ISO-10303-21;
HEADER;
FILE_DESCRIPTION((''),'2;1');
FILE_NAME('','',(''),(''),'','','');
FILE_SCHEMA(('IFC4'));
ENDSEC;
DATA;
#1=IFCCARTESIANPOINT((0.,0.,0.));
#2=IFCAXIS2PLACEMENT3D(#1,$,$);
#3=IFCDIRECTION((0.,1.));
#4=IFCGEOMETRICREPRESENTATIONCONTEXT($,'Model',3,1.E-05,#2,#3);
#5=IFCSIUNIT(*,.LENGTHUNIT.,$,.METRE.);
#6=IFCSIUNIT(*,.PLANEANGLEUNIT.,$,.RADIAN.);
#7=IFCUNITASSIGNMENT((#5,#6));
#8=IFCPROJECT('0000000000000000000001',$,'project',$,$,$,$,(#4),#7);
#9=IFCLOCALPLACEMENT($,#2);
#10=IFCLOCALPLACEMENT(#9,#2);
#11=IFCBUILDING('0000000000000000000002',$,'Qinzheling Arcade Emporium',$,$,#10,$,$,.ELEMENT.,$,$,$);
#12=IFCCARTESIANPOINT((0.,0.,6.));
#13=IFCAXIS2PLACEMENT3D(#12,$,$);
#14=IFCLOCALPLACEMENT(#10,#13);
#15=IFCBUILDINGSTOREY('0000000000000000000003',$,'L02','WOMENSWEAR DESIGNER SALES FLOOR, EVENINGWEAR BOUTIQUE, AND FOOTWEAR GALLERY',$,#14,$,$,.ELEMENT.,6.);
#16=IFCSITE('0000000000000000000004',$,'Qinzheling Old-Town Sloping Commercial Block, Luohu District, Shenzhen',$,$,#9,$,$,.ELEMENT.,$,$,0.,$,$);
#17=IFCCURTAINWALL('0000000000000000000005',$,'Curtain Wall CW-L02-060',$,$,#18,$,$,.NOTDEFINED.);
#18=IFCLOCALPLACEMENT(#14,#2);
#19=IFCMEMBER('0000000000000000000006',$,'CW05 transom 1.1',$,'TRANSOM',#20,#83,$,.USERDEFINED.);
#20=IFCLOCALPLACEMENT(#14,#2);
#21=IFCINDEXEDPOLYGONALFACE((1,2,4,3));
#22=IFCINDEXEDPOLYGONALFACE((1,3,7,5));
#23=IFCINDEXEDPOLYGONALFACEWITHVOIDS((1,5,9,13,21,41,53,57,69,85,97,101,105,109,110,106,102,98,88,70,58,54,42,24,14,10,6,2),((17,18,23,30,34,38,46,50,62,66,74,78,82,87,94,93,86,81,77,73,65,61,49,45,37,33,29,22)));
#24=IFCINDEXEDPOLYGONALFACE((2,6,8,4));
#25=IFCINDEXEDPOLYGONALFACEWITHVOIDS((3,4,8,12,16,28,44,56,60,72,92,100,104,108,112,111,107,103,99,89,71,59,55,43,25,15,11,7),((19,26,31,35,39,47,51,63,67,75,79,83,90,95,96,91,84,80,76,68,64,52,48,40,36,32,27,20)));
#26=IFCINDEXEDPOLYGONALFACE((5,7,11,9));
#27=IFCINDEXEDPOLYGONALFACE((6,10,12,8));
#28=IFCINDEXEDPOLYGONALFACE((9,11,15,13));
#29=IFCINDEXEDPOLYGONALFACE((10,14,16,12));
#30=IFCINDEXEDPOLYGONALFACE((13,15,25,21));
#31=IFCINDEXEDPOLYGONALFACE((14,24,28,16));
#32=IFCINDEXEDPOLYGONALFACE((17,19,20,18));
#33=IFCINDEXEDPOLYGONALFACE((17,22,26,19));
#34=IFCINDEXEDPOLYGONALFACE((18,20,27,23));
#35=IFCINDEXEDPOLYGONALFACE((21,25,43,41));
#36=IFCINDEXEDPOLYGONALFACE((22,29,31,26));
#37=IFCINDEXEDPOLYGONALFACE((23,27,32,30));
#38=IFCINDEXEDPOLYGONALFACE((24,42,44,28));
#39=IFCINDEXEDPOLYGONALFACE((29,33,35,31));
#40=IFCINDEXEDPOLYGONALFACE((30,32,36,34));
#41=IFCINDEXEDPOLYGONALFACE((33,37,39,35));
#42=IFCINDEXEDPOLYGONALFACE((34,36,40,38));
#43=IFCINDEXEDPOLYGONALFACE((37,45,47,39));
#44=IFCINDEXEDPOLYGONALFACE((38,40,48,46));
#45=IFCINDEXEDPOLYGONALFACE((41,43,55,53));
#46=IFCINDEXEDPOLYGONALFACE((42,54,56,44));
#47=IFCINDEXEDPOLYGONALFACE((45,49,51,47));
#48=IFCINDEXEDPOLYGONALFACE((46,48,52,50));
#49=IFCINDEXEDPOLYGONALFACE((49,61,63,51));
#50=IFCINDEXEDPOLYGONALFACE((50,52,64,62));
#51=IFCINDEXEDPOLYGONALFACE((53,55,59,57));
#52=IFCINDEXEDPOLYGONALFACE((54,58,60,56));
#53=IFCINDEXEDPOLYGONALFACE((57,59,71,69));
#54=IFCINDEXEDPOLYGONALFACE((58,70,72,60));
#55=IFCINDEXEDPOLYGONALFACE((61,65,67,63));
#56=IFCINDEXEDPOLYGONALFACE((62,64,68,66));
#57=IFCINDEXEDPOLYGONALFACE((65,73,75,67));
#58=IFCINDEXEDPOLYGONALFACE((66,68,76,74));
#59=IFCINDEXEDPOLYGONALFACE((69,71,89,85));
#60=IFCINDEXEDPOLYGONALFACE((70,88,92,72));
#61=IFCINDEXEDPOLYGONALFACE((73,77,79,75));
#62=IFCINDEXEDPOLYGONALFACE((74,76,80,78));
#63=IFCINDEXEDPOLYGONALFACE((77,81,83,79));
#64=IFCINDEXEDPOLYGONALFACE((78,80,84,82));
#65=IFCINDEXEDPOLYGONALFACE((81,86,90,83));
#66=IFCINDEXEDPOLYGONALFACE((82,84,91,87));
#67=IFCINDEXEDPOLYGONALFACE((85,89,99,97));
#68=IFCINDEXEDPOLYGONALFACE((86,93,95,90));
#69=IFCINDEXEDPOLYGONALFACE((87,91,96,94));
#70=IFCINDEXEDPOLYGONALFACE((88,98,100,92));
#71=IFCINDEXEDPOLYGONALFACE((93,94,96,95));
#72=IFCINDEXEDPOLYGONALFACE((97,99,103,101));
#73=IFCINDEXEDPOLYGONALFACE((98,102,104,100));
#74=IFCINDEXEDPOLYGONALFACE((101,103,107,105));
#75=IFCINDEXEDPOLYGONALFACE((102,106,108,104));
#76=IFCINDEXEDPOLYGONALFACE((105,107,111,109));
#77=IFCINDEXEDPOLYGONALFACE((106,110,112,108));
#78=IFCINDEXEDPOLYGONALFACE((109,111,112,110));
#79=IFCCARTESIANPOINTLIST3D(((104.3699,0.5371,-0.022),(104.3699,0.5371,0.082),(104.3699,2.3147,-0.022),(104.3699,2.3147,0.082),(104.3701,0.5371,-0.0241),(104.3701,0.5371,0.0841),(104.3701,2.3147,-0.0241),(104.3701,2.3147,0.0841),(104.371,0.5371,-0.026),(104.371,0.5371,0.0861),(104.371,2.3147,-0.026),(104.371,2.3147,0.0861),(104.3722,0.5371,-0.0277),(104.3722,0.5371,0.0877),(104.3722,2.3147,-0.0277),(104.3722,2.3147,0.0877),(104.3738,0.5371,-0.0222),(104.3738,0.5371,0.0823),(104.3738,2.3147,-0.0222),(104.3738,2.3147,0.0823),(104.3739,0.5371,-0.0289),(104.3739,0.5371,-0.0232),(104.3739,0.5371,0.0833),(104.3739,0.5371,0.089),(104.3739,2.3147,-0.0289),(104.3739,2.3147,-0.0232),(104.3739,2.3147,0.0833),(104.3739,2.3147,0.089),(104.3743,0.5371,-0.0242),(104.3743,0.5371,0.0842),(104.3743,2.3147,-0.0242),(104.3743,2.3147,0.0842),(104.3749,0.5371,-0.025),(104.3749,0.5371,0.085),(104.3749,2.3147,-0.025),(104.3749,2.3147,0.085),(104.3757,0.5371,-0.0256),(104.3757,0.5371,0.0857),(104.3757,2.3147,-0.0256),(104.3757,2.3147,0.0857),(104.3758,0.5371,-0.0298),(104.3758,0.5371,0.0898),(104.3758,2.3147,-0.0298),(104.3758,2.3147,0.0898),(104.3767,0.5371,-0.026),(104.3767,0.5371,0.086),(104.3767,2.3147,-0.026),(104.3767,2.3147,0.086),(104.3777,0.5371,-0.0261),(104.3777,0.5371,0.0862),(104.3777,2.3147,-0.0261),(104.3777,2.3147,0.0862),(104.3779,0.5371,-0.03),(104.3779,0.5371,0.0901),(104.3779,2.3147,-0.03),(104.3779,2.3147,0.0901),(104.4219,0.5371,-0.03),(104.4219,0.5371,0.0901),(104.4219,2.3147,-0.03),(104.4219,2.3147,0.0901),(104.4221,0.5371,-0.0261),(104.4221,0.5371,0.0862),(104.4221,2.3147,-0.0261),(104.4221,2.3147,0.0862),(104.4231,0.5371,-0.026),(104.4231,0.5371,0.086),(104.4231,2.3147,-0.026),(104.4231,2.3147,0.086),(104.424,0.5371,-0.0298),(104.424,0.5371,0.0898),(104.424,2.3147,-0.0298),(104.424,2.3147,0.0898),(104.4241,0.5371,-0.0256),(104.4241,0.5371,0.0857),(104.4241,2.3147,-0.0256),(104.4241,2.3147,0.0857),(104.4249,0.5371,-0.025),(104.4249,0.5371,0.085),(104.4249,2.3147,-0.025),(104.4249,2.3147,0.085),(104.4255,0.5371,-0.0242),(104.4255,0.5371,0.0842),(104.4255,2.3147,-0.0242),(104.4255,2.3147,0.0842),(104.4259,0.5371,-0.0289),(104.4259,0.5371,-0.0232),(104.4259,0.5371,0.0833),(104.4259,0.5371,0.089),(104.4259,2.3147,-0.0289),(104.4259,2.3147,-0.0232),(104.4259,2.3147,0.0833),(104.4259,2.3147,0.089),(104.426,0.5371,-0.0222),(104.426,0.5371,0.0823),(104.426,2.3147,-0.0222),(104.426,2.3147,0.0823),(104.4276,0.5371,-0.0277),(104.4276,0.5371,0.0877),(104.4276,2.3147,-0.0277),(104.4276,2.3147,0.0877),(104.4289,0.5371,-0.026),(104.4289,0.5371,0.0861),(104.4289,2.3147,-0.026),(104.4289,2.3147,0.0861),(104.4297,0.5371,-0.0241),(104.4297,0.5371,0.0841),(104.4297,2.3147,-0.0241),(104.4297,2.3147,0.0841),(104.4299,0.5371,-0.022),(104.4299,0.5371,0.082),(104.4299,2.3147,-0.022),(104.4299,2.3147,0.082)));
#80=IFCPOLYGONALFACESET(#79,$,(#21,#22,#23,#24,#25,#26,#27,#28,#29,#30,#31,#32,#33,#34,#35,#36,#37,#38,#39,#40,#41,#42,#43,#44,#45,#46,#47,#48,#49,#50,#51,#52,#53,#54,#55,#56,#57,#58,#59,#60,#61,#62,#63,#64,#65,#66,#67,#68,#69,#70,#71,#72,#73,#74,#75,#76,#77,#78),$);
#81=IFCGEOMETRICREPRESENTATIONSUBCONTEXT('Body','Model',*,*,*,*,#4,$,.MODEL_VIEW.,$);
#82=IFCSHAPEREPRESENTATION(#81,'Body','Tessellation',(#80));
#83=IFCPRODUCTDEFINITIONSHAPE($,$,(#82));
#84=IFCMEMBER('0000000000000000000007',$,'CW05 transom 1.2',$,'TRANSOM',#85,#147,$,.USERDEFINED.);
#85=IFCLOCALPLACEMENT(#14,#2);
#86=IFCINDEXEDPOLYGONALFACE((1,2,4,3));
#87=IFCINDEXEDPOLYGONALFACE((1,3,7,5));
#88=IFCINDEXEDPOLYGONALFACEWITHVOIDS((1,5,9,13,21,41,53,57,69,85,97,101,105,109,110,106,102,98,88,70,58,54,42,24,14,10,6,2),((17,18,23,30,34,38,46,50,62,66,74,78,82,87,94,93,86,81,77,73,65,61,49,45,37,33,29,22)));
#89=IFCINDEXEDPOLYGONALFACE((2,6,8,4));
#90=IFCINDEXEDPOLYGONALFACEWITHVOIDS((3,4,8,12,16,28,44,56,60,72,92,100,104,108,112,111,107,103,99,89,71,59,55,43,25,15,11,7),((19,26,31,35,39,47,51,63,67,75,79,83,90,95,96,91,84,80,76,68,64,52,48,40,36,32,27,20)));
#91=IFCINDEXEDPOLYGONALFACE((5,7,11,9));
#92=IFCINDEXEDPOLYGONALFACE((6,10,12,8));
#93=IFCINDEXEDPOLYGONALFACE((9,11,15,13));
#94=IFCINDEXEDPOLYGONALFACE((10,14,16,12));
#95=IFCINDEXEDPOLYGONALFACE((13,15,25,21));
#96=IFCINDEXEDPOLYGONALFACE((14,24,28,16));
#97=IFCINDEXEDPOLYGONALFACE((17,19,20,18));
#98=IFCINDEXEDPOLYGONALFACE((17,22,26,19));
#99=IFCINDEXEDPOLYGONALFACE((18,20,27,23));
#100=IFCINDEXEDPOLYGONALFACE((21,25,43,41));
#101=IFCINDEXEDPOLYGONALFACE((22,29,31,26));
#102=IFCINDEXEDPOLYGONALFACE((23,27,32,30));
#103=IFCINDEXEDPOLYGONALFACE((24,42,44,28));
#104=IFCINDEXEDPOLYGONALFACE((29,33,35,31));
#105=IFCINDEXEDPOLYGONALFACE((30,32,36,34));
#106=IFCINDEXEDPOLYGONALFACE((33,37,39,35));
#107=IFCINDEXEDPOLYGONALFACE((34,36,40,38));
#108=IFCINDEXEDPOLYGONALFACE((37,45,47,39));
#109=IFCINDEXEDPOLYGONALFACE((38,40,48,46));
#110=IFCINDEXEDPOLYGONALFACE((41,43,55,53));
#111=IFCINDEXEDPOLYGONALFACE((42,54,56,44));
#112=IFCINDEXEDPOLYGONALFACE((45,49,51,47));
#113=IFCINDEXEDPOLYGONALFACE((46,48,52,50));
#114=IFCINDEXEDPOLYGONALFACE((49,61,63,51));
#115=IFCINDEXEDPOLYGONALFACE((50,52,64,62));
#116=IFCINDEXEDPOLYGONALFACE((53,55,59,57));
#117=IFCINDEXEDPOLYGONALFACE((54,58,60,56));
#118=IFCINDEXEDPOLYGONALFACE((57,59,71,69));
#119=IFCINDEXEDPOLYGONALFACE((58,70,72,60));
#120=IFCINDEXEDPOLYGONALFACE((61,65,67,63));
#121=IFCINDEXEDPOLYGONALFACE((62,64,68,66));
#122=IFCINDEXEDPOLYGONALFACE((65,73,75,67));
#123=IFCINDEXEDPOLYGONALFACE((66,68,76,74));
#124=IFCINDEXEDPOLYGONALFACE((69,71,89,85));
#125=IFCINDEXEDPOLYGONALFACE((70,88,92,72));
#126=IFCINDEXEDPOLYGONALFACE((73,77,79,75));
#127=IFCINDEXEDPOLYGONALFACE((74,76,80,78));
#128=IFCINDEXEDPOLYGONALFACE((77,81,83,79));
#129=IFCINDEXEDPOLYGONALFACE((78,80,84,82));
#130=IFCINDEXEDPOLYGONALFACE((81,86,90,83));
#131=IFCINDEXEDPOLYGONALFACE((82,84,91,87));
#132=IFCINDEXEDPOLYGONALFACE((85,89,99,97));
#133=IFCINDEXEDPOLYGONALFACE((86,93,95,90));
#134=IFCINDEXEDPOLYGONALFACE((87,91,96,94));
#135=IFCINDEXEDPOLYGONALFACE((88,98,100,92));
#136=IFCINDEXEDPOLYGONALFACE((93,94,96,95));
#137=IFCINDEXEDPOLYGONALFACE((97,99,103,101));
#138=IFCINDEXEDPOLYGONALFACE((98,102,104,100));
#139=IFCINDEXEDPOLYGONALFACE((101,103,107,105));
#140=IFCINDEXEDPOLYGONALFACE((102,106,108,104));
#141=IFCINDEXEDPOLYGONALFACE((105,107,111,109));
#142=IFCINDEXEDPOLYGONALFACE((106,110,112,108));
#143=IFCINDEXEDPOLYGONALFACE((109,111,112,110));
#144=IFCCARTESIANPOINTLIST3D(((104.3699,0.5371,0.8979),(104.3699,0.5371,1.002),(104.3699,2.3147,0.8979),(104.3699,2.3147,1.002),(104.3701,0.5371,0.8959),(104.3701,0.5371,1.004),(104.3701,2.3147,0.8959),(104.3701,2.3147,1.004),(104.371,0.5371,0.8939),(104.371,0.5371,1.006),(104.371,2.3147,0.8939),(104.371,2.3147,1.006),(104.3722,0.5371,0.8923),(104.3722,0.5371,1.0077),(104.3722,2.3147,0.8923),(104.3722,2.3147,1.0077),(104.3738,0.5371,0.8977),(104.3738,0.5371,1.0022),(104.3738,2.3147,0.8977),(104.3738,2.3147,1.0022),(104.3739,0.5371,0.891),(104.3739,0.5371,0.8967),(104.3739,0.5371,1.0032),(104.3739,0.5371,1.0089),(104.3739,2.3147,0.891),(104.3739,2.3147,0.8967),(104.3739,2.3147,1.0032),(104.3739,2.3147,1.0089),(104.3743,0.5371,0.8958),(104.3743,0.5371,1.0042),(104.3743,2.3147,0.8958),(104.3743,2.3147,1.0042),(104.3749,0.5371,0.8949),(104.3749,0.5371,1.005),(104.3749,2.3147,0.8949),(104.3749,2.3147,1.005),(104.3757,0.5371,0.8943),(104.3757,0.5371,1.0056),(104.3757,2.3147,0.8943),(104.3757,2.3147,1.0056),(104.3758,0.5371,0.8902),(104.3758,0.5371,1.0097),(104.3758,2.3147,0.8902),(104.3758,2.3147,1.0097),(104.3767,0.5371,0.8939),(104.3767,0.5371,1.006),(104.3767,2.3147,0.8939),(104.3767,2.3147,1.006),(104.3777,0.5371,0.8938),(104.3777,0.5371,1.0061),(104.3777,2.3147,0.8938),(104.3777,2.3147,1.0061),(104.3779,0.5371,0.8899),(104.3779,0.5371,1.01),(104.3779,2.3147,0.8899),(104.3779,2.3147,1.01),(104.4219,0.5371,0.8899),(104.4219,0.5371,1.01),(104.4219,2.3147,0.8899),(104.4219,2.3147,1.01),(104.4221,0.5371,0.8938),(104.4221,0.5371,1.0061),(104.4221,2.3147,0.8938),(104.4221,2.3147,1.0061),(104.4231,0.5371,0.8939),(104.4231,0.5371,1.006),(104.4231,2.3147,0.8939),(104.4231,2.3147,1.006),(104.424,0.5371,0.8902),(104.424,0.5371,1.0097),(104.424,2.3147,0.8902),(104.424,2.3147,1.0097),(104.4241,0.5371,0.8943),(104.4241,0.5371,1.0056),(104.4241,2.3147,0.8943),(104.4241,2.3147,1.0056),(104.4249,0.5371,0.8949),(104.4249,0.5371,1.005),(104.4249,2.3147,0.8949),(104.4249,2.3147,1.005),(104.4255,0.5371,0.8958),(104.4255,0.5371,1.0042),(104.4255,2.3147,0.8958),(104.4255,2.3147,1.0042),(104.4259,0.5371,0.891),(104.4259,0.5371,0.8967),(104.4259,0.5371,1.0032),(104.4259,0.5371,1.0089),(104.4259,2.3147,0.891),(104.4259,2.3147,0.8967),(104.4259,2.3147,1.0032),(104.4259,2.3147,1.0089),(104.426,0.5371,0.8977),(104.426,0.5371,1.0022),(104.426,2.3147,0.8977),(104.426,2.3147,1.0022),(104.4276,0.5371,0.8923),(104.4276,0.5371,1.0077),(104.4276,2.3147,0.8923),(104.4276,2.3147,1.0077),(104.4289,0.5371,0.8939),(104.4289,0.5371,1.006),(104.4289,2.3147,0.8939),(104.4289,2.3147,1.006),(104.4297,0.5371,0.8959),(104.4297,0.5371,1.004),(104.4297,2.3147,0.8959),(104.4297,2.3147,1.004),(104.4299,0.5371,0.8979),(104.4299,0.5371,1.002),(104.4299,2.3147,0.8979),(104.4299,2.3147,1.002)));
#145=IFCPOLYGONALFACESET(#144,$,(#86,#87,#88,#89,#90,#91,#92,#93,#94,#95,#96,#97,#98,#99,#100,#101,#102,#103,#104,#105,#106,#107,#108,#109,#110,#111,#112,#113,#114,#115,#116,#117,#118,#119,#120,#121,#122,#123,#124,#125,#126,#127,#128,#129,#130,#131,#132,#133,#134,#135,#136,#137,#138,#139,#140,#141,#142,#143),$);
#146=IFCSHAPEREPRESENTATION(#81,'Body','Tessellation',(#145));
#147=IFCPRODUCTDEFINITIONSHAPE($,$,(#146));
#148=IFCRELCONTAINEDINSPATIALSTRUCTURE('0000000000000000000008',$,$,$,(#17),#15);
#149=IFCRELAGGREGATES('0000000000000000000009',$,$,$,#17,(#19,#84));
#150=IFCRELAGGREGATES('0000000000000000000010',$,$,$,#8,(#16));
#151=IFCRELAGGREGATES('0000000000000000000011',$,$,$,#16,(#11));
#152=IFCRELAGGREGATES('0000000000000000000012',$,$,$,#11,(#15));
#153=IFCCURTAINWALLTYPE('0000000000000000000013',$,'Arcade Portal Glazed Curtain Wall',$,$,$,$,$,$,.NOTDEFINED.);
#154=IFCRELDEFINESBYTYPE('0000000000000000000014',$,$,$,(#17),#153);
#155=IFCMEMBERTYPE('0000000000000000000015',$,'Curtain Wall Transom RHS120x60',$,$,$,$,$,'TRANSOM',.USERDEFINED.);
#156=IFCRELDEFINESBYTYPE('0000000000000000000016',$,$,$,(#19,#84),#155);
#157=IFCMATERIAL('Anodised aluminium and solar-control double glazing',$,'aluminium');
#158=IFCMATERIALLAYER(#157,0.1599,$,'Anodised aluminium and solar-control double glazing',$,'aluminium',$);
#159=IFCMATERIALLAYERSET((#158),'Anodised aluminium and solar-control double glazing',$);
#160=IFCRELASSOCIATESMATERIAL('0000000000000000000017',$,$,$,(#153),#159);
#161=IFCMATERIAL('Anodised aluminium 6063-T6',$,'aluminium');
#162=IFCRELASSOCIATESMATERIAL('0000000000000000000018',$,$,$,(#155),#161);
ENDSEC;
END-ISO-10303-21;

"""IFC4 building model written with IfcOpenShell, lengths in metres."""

from ifc_helpers import new_model, si_unit, direction, frame, origin, origin_2d, place, context, subcontext, project, spatial, hollow_rectangle, extrude, material, layer, layer_set, material_profile, profile_set, type_object, element, aggregate, save


model = new_model("IFC4")

# Units and contexts
model_context = context("Model", 3, precision=1e-05, world=origin(), true_north=direction((0.0, 1.0)))
body_context = subcontext(model_context, "Body", "Model", "MODEL_VIEW")
ifc_project = project(units=[si_unit("LENGTHUNIT", "METRE"), si_unit("PLANEANGLEUNIT", "RADIAN")], contexts=[model_context])

# Site, building, storey
site_placement = place(None, origin())
site = spatial("IfcSite", under=ifc_project, at=site_placement, Name="Qinzheling Old-Town Sloping Commercial Block, Luohu District, Shenzhen", CompositionType="ELEMENT", RefElevation=0.0)
building_placement = place(site_placement, origin())
building = spatial("IfcBuilding", under=site, at=building_placement, Name="Qinzheling Arcade Emporium", CompositionType="ELEMENT")
storey_placement = place(building_placement, frame((0.0, 0.0, 6.0)))
storey = spatial("IfcBuildingStorey", under=building, at=storey_placement, Name="L02", Description="WOMENSWEAR DESIGNER SALES FLOOR, EVENINGWEAR BOUTIQUE, AND FOOTWEAR GALLERY", CompositionType="ELEMENT", Elevation=6.0)

# Curtain wall, members
ifc_material_1 = material(Name="Anodised aluminium and solar-control double glazing", Category="aluminium")
ifc_layer_1 = layer(ifc_material_1, 0.1599, Name="Anodised aluminium and solar-control double glazing", Category="aluminium")
ifc_layer_set_1 = layer_set([ifc_layer_1], Name="Anodised aluminium and solar-control double glazing")
curtain_wall_type = type_object("IfcCurtainWallType", Name="Arcade Portal Glazed Curtain Wall", PredefinedType="NOTDEFINED", material=ifc_layer_set_1)
curtain_wall_placement = place(storey_placement, origin())
curtain_wall = element("IfcCurtainWall", 1, at=curtain_wall_placement, inside=storey, type_object=curtain_wall_type, Name="Curtain Wall CW-L02-060", PredefinedType="NOTDEFINED")
ifc_material_2 = material(Name="Anodised aluminium 6063-T6", Category="aluminium")
ifc_material_profile_1 = material_profile(ifc_material_2, hollow_rectangle(XDim=0.0601, YDim=0.1201, WallThickness=0.0039, InnerFilletRadius=0.0039, OuterFilletRadius=0.0081, at=origin_2d()), Name="RHS 120x60x4", Category="aluminium")
ifc_profile_set_1 = profile_set([ifc_material_profile_1], Name="Anodised aluminium 6063-T6")
member_type_1 = type_object("IfcMemberType", Name="Curtain Wall Transom RHS120x60", ElementType="TRANSOM", PredefinedType="USERDEFINED", material=ifc_profile_set_1)
member_1_placement = place(storey_placement, frame((104.3999, 0.5371, 0.03), z_axis=(0.0, 1.0, 0.0), x_axis=(-1.0, 0.0, 0.0)))
member_1 = element("IfcMember", 2, at=member_1_placement, type_object=member_type_1, Name="CW05 transom 1.1", ObjectType="TRANSOM", PredefinedType="USERDEFINED", context=body_context, shape_type="SweptSolid", body=[
    extrude(hollow_rectangle(XDim=0.0601, YDim=0.1201, WallThickness=0.0039, InnerFilletRadius=0.0039, OuterFilletRadius=0.0081, at=origin_2d()), origin(), (0.0, 0.0, 1.0), 1.7776),
])
member_2_placement = place(storey_placement, frame((104.3999, 0.5371, 0.95), z_axis=(0.0, 1.0, 0.0), x_axis=(-1.0, 0.0, 0.0)))
member_2 = element("IfcMember", 3, at=member_2_placement, type_object=member_type_1, Name="CW05 transom 1.2", ObjectType="TRANSOM", PredefinedType="USERDEFINED", context=body_context, shape_type="SweptSolid", body=[
    extrude(hollow_rectangle(XDim=0.0601, YDim=0.1201, WallThickness=0.0039, InnerFilletRadius=0.0039, OuterFilletRadius=0.0081, at=origin_2d()), origin(), (0.0, 0.0, 1.0), 1.7776),
])

aggregate(curtain_wall, [member_1, member_2])

save(model, "model.ifc")
